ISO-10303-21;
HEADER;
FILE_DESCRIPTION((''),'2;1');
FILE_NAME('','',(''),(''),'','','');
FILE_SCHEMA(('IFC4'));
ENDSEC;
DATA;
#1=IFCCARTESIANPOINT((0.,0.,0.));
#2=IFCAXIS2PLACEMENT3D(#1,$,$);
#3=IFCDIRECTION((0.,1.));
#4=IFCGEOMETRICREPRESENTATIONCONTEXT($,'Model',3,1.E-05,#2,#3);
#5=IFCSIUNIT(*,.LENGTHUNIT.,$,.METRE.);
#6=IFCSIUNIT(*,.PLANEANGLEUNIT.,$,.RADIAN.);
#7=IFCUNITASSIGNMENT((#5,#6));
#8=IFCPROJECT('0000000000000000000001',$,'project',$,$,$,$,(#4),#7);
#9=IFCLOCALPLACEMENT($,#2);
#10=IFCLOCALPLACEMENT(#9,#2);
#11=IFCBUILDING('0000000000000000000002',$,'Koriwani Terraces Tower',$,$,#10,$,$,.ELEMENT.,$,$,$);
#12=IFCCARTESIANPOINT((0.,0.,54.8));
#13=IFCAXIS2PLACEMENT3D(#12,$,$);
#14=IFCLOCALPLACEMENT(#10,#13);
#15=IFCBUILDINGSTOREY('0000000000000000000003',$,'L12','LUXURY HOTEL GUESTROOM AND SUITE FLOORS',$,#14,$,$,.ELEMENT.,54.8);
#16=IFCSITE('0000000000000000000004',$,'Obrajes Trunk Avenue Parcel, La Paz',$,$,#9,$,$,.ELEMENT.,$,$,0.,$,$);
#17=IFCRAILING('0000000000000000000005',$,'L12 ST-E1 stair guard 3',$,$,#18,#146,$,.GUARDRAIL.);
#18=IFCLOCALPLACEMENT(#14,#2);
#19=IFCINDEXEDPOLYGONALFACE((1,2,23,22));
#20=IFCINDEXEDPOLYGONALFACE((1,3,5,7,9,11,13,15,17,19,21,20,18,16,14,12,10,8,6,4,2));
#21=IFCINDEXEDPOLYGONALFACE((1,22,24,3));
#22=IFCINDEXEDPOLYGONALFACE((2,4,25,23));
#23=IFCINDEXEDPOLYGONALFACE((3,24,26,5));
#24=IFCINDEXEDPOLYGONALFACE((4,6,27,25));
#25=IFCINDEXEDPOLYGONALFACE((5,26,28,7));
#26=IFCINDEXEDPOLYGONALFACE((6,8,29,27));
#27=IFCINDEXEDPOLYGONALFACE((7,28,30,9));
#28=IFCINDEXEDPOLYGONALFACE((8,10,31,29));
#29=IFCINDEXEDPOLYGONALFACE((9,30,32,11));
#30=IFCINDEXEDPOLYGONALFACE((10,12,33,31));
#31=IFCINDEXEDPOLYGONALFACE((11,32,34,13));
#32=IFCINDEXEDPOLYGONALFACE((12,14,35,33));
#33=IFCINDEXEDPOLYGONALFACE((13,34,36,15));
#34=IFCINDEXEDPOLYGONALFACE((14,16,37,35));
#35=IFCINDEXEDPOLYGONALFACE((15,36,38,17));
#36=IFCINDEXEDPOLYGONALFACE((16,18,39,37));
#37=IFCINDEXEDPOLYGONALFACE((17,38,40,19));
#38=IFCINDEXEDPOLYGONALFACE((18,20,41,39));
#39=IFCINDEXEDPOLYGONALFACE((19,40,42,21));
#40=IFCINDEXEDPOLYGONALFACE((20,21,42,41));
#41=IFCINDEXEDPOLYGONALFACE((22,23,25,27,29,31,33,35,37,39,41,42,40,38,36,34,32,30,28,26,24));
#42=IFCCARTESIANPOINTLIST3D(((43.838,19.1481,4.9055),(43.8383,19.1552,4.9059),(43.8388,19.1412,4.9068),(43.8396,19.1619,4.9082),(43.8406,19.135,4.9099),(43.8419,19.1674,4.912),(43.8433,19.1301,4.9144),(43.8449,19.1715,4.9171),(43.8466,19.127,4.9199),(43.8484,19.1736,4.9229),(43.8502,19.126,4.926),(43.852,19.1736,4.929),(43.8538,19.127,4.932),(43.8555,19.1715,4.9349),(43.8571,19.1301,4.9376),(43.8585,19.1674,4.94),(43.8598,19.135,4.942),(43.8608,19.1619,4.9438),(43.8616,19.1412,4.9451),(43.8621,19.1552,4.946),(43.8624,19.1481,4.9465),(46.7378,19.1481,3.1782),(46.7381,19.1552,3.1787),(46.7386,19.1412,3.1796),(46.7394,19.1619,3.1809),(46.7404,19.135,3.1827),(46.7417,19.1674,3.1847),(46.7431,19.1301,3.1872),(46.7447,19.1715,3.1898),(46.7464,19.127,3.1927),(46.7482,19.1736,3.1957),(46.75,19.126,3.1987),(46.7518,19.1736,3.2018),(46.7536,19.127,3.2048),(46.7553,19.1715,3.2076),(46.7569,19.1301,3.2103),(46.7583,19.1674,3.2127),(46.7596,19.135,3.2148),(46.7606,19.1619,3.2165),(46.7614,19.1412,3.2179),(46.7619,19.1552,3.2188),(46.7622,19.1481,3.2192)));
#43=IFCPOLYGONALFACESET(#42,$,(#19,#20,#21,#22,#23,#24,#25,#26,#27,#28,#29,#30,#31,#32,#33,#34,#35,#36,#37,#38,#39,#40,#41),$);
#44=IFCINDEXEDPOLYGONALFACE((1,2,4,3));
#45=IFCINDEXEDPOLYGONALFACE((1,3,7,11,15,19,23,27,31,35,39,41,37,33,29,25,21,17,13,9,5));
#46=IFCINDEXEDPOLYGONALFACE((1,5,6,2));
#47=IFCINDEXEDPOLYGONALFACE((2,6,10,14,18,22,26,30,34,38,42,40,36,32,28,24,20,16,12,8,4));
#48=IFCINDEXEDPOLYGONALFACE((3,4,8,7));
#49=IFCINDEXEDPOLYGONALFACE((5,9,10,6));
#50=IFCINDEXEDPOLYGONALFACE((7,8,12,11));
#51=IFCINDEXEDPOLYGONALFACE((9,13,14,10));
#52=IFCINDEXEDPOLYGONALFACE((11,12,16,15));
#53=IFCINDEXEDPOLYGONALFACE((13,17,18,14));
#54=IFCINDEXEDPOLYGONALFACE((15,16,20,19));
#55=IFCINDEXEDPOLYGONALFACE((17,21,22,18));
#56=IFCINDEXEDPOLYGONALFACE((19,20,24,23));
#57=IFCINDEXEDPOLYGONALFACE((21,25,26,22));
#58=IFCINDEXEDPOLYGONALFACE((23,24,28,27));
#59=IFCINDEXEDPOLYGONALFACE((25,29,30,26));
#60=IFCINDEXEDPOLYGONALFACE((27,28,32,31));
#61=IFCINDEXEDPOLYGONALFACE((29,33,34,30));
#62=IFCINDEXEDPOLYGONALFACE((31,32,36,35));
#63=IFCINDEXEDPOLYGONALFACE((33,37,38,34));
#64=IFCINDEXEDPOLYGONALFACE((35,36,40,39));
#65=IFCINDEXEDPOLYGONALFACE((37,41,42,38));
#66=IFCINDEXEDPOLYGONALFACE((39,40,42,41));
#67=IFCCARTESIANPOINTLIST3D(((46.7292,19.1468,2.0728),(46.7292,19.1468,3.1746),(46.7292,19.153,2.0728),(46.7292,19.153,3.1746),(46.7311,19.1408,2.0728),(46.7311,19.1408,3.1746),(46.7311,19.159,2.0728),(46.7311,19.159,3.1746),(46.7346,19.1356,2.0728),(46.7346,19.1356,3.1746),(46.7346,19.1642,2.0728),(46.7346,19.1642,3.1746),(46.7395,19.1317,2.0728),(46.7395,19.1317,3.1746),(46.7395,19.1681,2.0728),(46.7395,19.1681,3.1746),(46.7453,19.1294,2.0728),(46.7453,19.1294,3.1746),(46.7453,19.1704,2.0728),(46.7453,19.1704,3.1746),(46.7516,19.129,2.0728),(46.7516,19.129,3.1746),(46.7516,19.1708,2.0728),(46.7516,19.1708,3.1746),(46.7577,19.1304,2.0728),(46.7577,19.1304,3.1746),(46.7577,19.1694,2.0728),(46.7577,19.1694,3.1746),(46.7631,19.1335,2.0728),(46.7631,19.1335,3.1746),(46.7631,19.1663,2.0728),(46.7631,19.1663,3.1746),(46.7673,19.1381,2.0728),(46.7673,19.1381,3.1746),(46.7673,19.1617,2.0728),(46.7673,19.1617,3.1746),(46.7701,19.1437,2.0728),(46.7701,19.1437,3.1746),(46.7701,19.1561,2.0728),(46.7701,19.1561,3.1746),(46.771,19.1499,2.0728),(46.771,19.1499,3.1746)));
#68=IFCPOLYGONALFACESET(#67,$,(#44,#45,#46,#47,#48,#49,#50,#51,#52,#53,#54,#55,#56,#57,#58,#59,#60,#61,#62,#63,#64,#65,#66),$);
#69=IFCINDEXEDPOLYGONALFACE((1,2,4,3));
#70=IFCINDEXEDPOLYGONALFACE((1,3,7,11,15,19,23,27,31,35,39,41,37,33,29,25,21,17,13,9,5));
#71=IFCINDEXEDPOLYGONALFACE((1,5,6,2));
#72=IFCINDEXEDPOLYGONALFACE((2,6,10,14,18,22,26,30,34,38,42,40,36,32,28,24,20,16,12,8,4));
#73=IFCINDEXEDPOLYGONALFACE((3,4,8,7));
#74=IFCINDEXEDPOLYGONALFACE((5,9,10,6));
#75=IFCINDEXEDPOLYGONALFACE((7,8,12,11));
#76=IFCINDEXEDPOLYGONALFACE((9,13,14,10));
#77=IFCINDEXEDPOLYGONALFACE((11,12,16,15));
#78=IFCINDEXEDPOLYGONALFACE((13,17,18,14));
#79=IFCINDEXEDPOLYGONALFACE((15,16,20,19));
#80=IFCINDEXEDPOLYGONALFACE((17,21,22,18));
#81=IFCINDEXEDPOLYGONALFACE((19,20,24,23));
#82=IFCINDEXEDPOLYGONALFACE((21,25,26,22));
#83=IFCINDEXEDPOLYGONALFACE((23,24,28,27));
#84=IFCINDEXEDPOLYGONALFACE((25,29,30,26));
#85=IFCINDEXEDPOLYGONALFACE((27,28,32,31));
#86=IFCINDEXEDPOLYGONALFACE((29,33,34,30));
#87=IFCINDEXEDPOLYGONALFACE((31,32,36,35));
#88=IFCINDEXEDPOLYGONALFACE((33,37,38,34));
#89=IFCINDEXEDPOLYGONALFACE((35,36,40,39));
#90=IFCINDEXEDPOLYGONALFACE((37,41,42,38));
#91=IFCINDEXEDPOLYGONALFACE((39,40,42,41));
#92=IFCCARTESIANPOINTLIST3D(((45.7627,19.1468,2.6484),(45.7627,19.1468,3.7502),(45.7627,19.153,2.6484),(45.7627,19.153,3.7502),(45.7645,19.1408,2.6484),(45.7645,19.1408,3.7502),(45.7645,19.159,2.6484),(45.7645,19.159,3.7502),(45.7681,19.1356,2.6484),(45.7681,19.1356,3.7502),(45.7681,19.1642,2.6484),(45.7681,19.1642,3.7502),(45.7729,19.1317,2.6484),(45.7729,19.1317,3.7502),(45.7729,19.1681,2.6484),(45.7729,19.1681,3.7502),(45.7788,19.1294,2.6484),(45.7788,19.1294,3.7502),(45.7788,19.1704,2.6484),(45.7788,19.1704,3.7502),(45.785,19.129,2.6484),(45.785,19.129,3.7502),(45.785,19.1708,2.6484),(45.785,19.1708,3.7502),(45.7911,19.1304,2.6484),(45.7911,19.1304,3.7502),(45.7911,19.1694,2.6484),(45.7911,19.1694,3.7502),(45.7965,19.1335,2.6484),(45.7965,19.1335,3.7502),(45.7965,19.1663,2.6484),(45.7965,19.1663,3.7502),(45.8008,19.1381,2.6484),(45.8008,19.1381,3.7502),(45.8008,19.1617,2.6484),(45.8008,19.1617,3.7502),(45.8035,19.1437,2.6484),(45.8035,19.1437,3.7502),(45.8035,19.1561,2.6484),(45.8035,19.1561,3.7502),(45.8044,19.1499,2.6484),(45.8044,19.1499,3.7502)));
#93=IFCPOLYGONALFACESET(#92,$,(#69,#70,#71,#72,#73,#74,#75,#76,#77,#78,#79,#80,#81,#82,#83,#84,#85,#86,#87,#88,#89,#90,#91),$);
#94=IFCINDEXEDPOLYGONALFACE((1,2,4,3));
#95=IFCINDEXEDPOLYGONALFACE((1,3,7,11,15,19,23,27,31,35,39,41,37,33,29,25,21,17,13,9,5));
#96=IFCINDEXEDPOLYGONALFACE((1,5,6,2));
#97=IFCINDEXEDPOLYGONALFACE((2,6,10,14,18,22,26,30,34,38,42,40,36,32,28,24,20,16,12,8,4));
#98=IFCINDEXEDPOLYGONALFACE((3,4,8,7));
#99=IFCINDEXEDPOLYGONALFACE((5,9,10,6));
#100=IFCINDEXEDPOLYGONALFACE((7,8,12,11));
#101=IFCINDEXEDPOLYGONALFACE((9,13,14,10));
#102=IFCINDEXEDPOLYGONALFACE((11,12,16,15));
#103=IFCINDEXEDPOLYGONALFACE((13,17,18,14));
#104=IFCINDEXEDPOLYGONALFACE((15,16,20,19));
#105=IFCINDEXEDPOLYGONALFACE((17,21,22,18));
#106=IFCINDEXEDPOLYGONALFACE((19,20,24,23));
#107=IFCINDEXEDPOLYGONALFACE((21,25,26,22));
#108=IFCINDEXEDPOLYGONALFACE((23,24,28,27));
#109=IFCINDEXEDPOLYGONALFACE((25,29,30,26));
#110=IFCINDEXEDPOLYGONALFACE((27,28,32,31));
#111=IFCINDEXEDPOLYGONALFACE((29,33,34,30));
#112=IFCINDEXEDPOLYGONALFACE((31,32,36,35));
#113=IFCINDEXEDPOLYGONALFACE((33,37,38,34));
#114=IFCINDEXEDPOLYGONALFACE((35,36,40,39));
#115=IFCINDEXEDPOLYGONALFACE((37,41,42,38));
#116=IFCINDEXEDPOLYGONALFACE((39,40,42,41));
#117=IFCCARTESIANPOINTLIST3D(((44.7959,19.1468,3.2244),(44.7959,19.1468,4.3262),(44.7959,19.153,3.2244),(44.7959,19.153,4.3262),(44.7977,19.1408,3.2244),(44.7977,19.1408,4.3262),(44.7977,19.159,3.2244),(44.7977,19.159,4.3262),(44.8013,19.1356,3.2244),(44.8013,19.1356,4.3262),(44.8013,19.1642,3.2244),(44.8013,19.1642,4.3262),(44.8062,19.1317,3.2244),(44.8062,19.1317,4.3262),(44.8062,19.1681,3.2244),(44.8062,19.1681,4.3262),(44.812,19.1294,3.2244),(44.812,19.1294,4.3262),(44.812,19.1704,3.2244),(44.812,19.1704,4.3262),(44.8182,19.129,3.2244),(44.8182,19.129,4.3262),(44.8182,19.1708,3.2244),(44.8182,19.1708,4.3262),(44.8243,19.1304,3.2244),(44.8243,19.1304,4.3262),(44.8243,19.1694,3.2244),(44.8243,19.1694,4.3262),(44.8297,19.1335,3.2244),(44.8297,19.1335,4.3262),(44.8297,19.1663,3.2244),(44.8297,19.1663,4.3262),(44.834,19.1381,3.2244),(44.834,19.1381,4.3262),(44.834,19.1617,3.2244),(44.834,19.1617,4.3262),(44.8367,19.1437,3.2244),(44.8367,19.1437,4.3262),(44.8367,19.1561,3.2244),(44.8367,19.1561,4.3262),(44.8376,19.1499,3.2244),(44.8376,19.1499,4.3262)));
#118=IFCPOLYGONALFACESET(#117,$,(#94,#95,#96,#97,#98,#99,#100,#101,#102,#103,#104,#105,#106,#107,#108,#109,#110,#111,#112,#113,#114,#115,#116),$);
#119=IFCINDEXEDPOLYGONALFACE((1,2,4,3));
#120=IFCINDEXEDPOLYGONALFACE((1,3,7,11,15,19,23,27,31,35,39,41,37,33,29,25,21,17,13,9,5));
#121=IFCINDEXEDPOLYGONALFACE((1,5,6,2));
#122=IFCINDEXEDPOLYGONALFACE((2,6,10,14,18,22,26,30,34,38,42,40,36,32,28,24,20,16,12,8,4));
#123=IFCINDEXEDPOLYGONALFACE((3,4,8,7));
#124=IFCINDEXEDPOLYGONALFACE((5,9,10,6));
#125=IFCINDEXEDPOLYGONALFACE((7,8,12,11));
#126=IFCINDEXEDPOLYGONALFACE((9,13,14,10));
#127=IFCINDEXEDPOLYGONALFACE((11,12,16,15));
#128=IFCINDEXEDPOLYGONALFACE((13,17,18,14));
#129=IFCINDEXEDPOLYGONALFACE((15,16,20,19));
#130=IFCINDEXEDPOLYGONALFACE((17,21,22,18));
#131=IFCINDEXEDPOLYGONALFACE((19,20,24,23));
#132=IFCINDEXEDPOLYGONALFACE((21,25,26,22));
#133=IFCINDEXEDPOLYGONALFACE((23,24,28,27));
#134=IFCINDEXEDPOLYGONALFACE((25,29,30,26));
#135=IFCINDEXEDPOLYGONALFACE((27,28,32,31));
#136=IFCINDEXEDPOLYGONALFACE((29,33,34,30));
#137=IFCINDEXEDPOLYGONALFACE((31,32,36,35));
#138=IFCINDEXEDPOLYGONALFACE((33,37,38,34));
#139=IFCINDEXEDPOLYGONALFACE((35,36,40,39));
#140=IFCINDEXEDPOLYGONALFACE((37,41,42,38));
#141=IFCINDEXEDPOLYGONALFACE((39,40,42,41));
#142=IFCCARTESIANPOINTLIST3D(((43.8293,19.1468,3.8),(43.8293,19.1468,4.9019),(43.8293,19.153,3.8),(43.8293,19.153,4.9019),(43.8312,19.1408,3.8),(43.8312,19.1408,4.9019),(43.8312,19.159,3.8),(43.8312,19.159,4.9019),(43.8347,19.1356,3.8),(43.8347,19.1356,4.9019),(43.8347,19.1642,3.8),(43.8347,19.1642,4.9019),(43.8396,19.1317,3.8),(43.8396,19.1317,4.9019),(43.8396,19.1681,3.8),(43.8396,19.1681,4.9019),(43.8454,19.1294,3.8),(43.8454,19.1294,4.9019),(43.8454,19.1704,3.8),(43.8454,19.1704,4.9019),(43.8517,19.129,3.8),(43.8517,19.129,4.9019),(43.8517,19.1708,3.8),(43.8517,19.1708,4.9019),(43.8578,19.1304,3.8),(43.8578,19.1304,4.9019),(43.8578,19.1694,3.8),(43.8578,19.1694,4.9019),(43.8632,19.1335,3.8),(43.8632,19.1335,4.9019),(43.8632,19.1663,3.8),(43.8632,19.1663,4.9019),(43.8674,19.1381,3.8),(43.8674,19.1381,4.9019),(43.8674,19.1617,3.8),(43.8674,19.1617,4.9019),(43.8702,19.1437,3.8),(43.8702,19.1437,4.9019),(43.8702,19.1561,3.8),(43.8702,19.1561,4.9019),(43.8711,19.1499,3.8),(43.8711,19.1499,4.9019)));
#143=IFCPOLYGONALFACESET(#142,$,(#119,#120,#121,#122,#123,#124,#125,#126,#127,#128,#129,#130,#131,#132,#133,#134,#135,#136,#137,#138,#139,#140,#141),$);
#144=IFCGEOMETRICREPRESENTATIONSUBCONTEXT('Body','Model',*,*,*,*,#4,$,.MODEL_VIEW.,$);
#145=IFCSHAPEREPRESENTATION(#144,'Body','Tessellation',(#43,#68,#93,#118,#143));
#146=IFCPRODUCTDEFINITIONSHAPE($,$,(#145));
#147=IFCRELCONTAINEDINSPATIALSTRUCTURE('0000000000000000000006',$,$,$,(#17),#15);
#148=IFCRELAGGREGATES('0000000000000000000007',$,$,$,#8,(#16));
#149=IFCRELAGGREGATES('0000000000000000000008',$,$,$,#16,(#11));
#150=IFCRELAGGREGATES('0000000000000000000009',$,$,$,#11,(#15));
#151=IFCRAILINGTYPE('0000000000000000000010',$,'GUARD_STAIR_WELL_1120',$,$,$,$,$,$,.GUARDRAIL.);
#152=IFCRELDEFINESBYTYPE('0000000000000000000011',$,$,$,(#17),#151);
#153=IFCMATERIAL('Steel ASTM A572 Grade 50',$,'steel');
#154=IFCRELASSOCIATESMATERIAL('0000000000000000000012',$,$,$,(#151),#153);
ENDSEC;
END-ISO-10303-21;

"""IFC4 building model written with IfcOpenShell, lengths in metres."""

from ifc_helpers import new_model, si_unit, direction, frame, origin, origin_2d, place, context, subcontext, project, spatial, circle, extrude, material, type_object, element, save


model = new_model("IFC4")

# Units and contexts
model_context = context("Model", 3, precision=1e-05, world=origin(), true_north=direction((0.0, 1.0)))
body_context = subcontext(model_context, "Body", "Model", "MODEL_VIEW")
ifc_project = project(units=[si_unit("LENGTHUNIT", "METRE"), si_unit("PLANEANGLEUNIT", "RADIAN")], contexts=[model_context])

# Site, building, storey
site_placement = place(None, origin())
site = spatial("IfcSite", under=ifc_project, at=site_placement, Name="Obrajes Trunk Avenue Parcel, La Paz", CompositionType="ELEMENT", RefElevation=0.0)
building_placement = place(site_placement, origin())
building = spatial("IfcBuilding", under=site, at=building_placement, Name="Koriwani Terraces Tower", CompositionType="ELEMENT")
storey_placement = place(building_placement, frame((0.0, 0.0, 54.8)))
storey = spatial("IfcBuildingStorey", under=building, at=storey_placement, Name="L12", Description="LUXURY HOTEL GUESTROOM AND SUITE FLOORS", CompositionType="ELEMENT", Elevation=54.8)

# Shared definitions
ifc_material_1 = material(Name="Steel ASTM A572 Grade 50", Category="steel")

# Railing
railing_type_1 = type_object("IfcRailingType", Name="GUARD_STAIR_WELL_1120", PredefinedType="GUARDRAIL", material=ifc_material_1)
railing_1_placement = place(storey_placement, frame((46.75, 19.1499, 2.0728)))
element("IfcRailing", 1, at=railing_1_placement, inside=storey, type_object=railing_type_1, Name="L12 ST-E1 stair guard 3", PredefinedType="GUARDRAIL", context=body_context, shape_type="SweptSolid", body=[
    extrude(circle(Radius=0.0239, at=origin_2d()), frame((0.0, 0.0, 1.126), z_axis=(-0.859141, 0.0, 0.511738), x_axis=(0.0, -1.0, 0.0)), (0.0, 0.0, 1.0), 3.3752),
    extrude(circle(Radius=0.021, at=origin_2d()), origin(), (0.0, 0.0, 1.0), 1.1018),
    extrude(circle(Radius=0.021, at=origin_2d()), frame((-0.9666, 0.0, 0.5757)), (0.0, 0.0, 1.0), 1.1018),
    extrude(circle(Radius=0.021, at=origin_2d()), frame((-1.9333, 0.0, 1.1516)), (0.0, 0.0, 1.0), 1.1018),
    extrude(circle(Radius=0.021, at=origin_2d()), frame((-2.8999, 0.0, 1.7273)), (0.0, 0.0, 1.0), 1.1018),
])

save(model, "model.ifc")
